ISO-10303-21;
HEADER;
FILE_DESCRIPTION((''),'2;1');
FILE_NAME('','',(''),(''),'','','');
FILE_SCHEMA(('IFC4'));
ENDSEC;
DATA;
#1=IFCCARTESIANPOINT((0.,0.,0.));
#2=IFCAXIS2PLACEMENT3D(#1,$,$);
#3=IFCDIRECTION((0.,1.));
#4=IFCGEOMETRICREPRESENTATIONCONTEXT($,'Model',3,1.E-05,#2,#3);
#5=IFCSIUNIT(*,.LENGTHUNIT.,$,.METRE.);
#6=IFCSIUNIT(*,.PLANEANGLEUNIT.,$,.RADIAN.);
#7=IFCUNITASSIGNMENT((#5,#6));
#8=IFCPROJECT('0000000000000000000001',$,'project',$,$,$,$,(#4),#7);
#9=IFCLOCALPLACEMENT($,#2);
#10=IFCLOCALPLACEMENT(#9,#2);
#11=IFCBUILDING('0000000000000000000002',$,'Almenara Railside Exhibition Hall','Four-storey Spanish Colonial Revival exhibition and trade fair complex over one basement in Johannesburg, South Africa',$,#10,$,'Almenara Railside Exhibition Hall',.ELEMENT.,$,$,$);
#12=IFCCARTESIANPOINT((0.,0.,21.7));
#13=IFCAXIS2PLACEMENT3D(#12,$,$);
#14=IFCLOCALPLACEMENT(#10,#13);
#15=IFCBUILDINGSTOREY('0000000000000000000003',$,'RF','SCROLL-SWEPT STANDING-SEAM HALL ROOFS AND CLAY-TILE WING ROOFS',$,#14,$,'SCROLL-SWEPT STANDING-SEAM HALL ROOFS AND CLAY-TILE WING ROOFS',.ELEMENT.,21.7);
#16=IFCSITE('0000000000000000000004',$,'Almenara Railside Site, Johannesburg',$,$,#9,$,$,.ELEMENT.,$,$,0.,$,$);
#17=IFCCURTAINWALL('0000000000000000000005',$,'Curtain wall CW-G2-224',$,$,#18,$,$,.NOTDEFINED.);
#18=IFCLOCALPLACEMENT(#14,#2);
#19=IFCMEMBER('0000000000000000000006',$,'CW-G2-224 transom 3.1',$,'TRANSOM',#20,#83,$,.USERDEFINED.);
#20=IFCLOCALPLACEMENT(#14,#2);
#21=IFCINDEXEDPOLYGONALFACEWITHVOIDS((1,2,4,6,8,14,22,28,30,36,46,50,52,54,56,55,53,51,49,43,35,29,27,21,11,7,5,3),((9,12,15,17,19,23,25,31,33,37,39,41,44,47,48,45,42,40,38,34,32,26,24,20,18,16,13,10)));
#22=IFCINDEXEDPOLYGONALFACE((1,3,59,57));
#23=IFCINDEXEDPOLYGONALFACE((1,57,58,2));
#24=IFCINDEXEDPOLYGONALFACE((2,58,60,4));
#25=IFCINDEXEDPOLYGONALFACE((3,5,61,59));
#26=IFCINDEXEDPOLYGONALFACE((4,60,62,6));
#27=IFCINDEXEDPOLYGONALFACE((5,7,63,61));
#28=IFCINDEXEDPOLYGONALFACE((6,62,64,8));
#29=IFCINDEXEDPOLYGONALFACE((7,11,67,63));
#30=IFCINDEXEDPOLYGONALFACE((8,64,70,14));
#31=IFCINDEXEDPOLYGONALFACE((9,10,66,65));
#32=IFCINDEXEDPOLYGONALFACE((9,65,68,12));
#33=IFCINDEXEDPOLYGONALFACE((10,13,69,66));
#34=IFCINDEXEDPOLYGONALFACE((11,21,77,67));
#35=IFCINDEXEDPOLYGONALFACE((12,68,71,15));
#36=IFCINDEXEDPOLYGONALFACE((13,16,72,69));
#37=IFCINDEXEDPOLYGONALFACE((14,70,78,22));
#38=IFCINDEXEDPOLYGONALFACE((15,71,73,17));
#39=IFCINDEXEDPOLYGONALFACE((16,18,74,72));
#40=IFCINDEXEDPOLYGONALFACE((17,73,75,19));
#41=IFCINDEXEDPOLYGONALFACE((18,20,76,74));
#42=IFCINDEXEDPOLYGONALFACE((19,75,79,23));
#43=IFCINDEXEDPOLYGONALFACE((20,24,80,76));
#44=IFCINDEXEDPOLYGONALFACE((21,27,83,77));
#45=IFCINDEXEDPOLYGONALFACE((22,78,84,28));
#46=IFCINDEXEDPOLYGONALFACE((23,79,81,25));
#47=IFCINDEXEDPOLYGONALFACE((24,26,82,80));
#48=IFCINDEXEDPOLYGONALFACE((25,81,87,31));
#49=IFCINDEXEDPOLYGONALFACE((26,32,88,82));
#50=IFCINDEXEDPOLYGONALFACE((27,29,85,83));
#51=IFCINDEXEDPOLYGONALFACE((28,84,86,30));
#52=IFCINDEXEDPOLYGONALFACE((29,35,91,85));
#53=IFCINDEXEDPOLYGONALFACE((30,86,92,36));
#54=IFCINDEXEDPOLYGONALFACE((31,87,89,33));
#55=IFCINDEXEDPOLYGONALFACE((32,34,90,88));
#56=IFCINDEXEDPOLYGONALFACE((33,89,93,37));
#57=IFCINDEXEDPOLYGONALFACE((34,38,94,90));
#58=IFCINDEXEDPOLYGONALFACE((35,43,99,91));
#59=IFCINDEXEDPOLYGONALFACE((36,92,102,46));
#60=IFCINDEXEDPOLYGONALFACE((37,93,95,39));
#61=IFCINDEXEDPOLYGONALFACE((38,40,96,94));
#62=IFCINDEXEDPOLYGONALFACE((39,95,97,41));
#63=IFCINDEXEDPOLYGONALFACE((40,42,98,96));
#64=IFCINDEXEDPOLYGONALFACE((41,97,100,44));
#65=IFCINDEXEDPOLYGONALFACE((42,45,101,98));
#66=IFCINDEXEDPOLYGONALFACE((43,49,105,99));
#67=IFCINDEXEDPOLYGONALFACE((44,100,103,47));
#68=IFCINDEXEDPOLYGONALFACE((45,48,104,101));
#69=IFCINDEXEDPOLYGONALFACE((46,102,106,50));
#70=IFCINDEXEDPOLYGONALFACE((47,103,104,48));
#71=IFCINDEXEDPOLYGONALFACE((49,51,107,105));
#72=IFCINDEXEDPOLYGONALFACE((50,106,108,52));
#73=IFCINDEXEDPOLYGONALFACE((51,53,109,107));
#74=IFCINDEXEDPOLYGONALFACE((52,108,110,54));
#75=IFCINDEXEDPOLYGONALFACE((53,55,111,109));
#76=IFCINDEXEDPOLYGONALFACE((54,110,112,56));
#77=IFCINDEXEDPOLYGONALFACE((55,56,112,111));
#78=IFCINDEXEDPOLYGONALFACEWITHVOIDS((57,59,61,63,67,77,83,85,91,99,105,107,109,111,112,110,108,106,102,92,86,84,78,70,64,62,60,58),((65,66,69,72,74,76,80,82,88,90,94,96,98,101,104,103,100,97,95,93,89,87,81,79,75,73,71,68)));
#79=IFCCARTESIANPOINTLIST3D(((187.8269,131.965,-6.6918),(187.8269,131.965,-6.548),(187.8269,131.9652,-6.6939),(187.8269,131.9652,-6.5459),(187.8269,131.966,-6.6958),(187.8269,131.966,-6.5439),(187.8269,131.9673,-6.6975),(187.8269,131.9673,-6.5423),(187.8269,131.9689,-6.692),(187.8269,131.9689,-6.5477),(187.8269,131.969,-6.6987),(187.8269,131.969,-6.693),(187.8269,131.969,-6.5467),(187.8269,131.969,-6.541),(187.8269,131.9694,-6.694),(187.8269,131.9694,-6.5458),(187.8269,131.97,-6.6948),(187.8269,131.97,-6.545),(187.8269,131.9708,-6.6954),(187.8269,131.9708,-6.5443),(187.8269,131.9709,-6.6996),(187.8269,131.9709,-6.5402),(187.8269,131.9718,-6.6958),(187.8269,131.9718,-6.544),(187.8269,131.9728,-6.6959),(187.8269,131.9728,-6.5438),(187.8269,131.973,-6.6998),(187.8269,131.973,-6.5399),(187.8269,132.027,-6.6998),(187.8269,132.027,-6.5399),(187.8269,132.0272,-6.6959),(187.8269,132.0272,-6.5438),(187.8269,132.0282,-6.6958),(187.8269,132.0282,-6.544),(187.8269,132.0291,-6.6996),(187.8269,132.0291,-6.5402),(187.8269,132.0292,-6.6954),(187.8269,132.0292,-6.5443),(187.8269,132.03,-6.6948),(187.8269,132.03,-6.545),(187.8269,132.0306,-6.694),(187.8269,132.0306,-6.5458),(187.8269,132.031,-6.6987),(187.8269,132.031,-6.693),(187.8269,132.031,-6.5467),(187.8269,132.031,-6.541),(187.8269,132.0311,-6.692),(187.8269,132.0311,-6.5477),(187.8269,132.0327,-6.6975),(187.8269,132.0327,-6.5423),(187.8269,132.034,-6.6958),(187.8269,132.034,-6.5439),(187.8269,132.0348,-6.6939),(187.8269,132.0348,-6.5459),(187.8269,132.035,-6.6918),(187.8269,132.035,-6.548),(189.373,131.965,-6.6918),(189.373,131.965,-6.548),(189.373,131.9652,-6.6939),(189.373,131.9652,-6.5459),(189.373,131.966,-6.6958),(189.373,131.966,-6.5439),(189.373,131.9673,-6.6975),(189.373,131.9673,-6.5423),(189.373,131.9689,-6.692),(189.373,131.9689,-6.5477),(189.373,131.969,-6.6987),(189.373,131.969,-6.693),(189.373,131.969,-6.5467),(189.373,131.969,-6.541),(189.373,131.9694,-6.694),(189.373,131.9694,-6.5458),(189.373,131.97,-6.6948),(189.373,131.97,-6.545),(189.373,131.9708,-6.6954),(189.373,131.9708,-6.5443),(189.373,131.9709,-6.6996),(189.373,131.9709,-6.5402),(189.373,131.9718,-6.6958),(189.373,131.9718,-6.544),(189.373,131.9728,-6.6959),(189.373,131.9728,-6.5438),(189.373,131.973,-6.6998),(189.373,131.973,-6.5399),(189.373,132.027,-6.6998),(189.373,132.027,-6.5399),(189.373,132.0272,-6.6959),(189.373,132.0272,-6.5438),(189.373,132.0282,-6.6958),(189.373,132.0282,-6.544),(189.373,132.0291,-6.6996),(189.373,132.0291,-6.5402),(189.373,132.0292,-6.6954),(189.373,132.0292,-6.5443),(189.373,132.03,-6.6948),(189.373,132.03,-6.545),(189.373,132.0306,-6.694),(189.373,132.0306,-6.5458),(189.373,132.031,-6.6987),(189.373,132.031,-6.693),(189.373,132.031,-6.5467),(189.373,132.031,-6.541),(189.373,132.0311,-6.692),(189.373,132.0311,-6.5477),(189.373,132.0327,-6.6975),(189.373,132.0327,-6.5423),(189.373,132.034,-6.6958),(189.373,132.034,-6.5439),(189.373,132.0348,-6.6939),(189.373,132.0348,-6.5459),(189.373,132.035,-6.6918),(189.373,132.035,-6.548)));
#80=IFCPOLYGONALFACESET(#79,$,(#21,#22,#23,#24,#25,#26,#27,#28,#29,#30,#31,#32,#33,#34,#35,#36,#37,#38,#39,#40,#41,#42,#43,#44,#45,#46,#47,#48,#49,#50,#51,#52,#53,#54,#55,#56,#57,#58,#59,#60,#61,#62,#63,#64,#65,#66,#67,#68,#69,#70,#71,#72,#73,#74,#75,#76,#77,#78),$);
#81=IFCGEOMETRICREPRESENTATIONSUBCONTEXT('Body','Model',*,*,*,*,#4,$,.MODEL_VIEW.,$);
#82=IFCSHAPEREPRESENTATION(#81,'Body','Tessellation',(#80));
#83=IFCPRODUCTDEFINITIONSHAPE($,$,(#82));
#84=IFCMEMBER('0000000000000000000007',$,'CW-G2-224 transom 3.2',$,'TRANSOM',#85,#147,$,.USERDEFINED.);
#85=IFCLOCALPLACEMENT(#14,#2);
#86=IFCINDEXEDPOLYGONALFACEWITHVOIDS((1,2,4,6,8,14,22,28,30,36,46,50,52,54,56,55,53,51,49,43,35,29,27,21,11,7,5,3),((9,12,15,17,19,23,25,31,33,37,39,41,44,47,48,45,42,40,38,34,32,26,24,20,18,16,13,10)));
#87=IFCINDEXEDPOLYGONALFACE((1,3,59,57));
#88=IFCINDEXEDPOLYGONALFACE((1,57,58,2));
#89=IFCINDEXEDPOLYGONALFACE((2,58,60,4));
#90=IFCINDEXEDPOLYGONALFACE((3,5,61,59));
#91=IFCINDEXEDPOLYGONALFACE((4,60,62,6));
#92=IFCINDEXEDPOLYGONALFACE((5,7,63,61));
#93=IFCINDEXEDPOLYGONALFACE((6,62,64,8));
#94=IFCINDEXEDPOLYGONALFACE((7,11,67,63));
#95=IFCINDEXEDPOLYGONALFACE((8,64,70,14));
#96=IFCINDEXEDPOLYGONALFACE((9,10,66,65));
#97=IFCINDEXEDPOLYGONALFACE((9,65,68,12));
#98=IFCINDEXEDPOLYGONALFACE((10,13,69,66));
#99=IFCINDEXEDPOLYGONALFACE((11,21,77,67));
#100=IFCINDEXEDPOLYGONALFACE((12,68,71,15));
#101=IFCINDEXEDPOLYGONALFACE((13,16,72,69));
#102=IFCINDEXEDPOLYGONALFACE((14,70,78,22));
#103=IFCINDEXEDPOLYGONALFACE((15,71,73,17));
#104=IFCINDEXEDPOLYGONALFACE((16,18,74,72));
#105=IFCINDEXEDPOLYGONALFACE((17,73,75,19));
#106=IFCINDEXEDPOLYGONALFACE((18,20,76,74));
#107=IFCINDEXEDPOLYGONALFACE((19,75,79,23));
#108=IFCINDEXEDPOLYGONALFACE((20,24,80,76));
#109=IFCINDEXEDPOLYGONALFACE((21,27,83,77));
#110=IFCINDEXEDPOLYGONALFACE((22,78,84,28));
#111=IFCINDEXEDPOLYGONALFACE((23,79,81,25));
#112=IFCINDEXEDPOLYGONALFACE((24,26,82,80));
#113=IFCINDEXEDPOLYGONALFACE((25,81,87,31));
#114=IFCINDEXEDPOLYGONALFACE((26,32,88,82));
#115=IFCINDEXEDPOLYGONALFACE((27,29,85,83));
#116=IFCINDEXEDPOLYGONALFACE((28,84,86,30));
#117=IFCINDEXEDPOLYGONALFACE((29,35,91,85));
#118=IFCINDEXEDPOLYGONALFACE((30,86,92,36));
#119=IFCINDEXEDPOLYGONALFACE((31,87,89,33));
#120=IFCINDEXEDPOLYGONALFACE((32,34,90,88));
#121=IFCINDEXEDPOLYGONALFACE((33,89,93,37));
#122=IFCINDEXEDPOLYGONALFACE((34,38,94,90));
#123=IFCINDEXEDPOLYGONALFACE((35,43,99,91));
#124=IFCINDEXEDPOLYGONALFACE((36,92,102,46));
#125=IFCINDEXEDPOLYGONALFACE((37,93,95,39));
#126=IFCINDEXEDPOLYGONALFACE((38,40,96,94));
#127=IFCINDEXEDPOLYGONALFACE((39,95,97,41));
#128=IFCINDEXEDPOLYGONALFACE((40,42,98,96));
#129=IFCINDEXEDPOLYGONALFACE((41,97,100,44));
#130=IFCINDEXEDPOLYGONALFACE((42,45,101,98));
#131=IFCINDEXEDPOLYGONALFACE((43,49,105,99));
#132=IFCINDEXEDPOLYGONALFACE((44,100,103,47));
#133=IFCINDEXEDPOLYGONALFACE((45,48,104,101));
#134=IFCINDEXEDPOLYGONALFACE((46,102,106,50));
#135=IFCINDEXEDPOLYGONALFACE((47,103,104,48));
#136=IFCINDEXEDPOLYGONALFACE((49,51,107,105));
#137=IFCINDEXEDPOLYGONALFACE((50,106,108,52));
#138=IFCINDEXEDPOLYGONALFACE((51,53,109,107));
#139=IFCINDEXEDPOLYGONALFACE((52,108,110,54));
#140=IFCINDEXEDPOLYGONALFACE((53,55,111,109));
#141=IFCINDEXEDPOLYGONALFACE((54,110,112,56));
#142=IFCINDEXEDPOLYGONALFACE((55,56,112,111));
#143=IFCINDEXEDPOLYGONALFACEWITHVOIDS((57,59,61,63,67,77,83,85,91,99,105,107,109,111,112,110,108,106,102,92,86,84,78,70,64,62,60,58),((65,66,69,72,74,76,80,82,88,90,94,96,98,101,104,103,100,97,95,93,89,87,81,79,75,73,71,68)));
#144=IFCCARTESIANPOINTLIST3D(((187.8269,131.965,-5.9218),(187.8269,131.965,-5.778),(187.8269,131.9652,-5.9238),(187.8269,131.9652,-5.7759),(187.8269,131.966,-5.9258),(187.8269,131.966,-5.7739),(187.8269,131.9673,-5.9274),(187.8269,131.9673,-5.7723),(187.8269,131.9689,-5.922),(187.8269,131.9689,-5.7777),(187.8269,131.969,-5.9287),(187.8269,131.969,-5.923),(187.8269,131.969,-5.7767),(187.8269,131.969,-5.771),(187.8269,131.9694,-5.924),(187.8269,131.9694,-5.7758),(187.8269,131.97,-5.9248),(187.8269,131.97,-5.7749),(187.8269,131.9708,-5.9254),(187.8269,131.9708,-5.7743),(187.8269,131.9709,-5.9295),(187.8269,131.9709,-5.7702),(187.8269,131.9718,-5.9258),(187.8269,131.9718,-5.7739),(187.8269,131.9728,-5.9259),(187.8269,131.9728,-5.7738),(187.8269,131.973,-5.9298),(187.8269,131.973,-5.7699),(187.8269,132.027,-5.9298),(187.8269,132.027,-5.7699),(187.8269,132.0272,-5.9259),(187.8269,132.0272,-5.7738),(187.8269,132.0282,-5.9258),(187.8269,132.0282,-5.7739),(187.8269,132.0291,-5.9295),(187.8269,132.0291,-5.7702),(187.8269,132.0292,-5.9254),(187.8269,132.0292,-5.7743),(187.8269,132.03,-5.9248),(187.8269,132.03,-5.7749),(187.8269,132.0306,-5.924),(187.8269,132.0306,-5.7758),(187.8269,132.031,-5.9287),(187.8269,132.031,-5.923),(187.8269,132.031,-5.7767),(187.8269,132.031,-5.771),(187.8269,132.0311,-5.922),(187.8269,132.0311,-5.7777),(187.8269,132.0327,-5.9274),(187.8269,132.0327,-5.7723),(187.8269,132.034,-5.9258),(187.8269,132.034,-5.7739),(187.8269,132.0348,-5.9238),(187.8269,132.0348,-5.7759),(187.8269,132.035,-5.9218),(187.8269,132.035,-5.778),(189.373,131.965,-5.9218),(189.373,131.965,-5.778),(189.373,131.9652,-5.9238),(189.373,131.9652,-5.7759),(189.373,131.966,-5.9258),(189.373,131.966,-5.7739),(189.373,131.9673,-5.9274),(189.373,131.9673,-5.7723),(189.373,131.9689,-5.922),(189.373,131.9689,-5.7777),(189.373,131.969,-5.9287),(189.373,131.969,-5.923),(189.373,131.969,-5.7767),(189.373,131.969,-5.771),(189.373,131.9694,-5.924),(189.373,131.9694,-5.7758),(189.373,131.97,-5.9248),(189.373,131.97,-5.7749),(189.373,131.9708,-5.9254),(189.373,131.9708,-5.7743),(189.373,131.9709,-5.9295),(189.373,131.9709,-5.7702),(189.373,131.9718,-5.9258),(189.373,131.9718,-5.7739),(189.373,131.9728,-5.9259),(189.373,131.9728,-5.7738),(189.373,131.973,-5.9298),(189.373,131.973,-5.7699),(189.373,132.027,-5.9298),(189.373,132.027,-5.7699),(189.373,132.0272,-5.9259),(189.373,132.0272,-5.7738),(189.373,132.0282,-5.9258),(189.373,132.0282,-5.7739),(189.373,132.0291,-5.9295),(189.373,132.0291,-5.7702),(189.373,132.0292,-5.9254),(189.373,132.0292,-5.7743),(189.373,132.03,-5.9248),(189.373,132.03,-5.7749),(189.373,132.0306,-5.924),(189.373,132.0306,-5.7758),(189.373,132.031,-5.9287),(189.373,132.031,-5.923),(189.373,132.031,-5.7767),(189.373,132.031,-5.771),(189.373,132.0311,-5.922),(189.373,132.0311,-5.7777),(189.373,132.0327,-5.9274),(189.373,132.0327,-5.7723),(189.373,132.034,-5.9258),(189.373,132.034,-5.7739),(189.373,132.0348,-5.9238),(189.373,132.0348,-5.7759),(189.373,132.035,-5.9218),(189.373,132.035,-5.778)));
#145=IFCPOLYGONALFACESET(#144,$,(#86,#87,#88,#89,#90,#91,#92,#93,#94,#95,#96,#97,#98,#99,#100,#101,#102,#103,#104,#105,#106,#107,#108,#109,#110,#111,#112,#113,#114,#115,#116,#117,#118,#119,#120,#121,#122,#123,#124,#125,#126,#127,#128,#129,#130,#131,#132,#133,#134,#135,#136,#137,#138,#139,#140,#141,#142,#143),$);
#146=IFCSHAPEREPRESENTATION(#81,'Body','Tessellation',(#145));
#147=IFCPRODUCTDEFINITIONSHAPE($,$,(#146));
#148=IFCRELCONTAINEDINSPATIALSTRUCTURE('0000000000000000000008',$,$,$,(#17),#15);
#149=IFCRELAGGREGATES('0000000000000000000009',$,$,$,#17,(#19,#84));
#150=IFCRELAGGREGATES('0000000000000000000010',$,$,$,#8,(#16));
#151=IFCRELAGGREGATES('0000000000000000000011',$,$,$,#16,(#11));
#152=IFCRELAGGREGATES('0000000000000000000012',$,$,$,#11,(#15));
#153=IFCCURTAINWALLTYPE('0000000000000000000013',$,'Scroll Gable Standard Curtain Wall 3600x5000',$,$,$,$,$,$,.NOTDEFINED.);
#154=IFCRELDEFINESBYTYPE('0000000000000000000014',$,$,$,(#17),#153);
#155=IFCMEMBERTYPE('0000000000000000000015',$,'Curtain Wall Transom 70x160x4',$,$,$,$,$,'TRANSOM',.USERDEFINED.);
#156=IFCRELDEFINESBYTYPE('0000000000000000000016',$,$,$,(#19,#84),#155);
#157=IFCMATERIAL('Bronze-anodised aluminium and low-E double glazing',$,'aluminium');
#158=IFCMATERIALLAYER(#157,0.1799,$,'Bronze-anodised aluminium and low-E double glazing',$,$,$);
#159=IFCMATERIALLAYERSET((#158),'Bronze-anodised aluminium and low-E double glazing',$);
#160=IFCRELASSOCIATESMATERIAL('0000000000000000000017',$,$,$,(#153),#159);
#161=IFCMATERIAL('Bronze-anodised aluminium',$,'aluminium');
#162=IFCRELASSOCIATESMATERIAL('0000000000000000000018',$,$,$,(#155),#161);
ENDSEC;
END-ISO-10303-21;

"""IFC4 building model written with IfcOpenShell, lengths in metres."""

from ifc_helpers import new_model, si_unit, direction, frame, origin, origin_2d, place, context, subcontext, project, spatial, hollow_rectangle, extrude, material, layer, layer_set, material_profile, profile_set, type_object, element, aggregate, save


model = new_model("IFC4")

# Units and contexts
model_context = context("Model", 3, precision=1e-05, world=origin(), true_north=direction((0.0, 1.0)))
body_context = subcontext(model_context, "Body", "Model", "MODEL_VIEW")
ifc_project = project(units=[si_unit("LENGTHUNIT", "METRE"), si_unit("PLANEANGLEUNIT", "RADIAN")], contexts=[model_context])

# Site, building, storey
site_placement = place(None, origin())
site = spatial("IfcSite", under=ifc_project, at=site_placement, Name="Almenara Railside Site, Johannesburg", CompositionType="ELEMENT", RefElevation=0.0)
building_placement = place(site_placement, origin())
building = spatial("IfcBuilding", under=site, at=building_placement, Name="Almenara Railside Exhibition Hall", Description="Four-storey Spanish Colonial Revival exhibition and trade fair complex over one basement in Johannesburg, South Africa", LongName="Almenara Railside Exhibition Hall", CompositionType="ELEMENT")
storey_placement = place(building_placement, frame((0.0, 0.0, 21.7)))
storey = spatial("IfcBuildingStorey", under=building, at=storey_placement, Name="RF", Description="SCROLL-SWEPT STANDING-SEAM HALL ROOFS AND CLAY-TILE WING ROOFS", LongName="SCROLL-SWEPT STANDING-SEAM HALL ROOFS AND CLAY-TILE WING ROOFS", CompositionType="ELEMENT", Elevation=21.7)

# Curtain wall, members
ifc_material_1 = material(Name="Bronze-anodised aluminium and low-E double glazing", Category="aluminium")
ifc_layer_1 = layer(ifc_material_1, 0.1799, Name="Bronze-anodised aluminium and low-E double glazing")
ifc_layer_set_1 = layer_set([ifc_layer_1], Name="Bronze-anodised aluminium and low-E double glazing")
curtain_wall_type = type_object("IfcCurtainWallType", Name="Scroll Gable Standard Curtain Wall 3600x5000", PredefinedType="NOTDEFINED", material=ifc_layer_set_1)
curtain_wall_placement = place(storey_placement, origin())
curtain_wall = element("IfcCurtainWall", 1, at=curtain_wall_placement, inside=storey, type_object=curtain_wall_type, Name="Curtain wall CW-G2-224", PredefinedType="NOTDEFINED")
ifc_material_2 = material(Name="Bronze-anodised aluminium", Category="aluminium")
ifc_material_profile_1 = material_profile(ifc_material_2, hollow_rectangle(XDim=0.0701, YDim=0.1599, WallThickness=0.0039, InnerFilletRadius=0.0039, OuterFilletRadius=0.0081, at=origin_2d()), Name="ALU-TRN 70x160x4")
ifc_profile_set_1 = profile_set([ifc_material_profile_1], Name="Bronze-anodised aluminium")
member_type_1 = type_object("IfcMemberType", Name="Curtain Wall Transom 70x160x4", ElementType="TRANSOM", PredefinedType="USERDEFINED", material=ifc_profile_set_1)
member_1_placement = place(storey_placement, frame((187.8269, 132.0, -6.6199), z_axis=(1.0, 0.0, 0.0), x_axis=(0.0, 1.0, 0.0)))
member_1 = element("IfcMember", 2, at=member_1_placement, type_object=member_type_1, Name="CW-G2-224 transom 3.1", ObjectType="TRANSOM", PredefinedType="USERDEFINED", context=body_context, shape_type="SweptSolid", body=[
    extrude(hollow_rectangle(XDim=0.0701, YDim=0.1599, WallThickness=0.0039, InnerFilletRadius=0.0039, OuterFilletRadius=0.0081, at=origin_2d()), origin(), (0.0, 0.0, 1.0), 1.5461),
])
member_2_placement = place(storey_placement, frame((187.8269, 132.0, -5.8499), z_axis=(1.0, 0.0, 0.0), x_axis=(0.0, 1.0, 0.0)))
member_2 = element("IfcMember", 3, at=member_2_placement, type_object=member_type_1, Name="CW-G2-224 transom 3.2", ObjectType="TRANSOM", PredefinedType="USERDEFINED", context=body_context, shape_type="SweptSolid", body=[
    extrude(hollow_rectangle(XDim=0.0701, YDim=0.1599, WallThickness=0.0039, InnerFilletRadius=0.0039, OuterFilletRadius=0.0081, at=origin_2d()), origin(), (0.0, 0.0, 1.0), 1.5461),
])

aggregate(curtain_wall, [member_1, member_2])

save(model, "model.ifc")
